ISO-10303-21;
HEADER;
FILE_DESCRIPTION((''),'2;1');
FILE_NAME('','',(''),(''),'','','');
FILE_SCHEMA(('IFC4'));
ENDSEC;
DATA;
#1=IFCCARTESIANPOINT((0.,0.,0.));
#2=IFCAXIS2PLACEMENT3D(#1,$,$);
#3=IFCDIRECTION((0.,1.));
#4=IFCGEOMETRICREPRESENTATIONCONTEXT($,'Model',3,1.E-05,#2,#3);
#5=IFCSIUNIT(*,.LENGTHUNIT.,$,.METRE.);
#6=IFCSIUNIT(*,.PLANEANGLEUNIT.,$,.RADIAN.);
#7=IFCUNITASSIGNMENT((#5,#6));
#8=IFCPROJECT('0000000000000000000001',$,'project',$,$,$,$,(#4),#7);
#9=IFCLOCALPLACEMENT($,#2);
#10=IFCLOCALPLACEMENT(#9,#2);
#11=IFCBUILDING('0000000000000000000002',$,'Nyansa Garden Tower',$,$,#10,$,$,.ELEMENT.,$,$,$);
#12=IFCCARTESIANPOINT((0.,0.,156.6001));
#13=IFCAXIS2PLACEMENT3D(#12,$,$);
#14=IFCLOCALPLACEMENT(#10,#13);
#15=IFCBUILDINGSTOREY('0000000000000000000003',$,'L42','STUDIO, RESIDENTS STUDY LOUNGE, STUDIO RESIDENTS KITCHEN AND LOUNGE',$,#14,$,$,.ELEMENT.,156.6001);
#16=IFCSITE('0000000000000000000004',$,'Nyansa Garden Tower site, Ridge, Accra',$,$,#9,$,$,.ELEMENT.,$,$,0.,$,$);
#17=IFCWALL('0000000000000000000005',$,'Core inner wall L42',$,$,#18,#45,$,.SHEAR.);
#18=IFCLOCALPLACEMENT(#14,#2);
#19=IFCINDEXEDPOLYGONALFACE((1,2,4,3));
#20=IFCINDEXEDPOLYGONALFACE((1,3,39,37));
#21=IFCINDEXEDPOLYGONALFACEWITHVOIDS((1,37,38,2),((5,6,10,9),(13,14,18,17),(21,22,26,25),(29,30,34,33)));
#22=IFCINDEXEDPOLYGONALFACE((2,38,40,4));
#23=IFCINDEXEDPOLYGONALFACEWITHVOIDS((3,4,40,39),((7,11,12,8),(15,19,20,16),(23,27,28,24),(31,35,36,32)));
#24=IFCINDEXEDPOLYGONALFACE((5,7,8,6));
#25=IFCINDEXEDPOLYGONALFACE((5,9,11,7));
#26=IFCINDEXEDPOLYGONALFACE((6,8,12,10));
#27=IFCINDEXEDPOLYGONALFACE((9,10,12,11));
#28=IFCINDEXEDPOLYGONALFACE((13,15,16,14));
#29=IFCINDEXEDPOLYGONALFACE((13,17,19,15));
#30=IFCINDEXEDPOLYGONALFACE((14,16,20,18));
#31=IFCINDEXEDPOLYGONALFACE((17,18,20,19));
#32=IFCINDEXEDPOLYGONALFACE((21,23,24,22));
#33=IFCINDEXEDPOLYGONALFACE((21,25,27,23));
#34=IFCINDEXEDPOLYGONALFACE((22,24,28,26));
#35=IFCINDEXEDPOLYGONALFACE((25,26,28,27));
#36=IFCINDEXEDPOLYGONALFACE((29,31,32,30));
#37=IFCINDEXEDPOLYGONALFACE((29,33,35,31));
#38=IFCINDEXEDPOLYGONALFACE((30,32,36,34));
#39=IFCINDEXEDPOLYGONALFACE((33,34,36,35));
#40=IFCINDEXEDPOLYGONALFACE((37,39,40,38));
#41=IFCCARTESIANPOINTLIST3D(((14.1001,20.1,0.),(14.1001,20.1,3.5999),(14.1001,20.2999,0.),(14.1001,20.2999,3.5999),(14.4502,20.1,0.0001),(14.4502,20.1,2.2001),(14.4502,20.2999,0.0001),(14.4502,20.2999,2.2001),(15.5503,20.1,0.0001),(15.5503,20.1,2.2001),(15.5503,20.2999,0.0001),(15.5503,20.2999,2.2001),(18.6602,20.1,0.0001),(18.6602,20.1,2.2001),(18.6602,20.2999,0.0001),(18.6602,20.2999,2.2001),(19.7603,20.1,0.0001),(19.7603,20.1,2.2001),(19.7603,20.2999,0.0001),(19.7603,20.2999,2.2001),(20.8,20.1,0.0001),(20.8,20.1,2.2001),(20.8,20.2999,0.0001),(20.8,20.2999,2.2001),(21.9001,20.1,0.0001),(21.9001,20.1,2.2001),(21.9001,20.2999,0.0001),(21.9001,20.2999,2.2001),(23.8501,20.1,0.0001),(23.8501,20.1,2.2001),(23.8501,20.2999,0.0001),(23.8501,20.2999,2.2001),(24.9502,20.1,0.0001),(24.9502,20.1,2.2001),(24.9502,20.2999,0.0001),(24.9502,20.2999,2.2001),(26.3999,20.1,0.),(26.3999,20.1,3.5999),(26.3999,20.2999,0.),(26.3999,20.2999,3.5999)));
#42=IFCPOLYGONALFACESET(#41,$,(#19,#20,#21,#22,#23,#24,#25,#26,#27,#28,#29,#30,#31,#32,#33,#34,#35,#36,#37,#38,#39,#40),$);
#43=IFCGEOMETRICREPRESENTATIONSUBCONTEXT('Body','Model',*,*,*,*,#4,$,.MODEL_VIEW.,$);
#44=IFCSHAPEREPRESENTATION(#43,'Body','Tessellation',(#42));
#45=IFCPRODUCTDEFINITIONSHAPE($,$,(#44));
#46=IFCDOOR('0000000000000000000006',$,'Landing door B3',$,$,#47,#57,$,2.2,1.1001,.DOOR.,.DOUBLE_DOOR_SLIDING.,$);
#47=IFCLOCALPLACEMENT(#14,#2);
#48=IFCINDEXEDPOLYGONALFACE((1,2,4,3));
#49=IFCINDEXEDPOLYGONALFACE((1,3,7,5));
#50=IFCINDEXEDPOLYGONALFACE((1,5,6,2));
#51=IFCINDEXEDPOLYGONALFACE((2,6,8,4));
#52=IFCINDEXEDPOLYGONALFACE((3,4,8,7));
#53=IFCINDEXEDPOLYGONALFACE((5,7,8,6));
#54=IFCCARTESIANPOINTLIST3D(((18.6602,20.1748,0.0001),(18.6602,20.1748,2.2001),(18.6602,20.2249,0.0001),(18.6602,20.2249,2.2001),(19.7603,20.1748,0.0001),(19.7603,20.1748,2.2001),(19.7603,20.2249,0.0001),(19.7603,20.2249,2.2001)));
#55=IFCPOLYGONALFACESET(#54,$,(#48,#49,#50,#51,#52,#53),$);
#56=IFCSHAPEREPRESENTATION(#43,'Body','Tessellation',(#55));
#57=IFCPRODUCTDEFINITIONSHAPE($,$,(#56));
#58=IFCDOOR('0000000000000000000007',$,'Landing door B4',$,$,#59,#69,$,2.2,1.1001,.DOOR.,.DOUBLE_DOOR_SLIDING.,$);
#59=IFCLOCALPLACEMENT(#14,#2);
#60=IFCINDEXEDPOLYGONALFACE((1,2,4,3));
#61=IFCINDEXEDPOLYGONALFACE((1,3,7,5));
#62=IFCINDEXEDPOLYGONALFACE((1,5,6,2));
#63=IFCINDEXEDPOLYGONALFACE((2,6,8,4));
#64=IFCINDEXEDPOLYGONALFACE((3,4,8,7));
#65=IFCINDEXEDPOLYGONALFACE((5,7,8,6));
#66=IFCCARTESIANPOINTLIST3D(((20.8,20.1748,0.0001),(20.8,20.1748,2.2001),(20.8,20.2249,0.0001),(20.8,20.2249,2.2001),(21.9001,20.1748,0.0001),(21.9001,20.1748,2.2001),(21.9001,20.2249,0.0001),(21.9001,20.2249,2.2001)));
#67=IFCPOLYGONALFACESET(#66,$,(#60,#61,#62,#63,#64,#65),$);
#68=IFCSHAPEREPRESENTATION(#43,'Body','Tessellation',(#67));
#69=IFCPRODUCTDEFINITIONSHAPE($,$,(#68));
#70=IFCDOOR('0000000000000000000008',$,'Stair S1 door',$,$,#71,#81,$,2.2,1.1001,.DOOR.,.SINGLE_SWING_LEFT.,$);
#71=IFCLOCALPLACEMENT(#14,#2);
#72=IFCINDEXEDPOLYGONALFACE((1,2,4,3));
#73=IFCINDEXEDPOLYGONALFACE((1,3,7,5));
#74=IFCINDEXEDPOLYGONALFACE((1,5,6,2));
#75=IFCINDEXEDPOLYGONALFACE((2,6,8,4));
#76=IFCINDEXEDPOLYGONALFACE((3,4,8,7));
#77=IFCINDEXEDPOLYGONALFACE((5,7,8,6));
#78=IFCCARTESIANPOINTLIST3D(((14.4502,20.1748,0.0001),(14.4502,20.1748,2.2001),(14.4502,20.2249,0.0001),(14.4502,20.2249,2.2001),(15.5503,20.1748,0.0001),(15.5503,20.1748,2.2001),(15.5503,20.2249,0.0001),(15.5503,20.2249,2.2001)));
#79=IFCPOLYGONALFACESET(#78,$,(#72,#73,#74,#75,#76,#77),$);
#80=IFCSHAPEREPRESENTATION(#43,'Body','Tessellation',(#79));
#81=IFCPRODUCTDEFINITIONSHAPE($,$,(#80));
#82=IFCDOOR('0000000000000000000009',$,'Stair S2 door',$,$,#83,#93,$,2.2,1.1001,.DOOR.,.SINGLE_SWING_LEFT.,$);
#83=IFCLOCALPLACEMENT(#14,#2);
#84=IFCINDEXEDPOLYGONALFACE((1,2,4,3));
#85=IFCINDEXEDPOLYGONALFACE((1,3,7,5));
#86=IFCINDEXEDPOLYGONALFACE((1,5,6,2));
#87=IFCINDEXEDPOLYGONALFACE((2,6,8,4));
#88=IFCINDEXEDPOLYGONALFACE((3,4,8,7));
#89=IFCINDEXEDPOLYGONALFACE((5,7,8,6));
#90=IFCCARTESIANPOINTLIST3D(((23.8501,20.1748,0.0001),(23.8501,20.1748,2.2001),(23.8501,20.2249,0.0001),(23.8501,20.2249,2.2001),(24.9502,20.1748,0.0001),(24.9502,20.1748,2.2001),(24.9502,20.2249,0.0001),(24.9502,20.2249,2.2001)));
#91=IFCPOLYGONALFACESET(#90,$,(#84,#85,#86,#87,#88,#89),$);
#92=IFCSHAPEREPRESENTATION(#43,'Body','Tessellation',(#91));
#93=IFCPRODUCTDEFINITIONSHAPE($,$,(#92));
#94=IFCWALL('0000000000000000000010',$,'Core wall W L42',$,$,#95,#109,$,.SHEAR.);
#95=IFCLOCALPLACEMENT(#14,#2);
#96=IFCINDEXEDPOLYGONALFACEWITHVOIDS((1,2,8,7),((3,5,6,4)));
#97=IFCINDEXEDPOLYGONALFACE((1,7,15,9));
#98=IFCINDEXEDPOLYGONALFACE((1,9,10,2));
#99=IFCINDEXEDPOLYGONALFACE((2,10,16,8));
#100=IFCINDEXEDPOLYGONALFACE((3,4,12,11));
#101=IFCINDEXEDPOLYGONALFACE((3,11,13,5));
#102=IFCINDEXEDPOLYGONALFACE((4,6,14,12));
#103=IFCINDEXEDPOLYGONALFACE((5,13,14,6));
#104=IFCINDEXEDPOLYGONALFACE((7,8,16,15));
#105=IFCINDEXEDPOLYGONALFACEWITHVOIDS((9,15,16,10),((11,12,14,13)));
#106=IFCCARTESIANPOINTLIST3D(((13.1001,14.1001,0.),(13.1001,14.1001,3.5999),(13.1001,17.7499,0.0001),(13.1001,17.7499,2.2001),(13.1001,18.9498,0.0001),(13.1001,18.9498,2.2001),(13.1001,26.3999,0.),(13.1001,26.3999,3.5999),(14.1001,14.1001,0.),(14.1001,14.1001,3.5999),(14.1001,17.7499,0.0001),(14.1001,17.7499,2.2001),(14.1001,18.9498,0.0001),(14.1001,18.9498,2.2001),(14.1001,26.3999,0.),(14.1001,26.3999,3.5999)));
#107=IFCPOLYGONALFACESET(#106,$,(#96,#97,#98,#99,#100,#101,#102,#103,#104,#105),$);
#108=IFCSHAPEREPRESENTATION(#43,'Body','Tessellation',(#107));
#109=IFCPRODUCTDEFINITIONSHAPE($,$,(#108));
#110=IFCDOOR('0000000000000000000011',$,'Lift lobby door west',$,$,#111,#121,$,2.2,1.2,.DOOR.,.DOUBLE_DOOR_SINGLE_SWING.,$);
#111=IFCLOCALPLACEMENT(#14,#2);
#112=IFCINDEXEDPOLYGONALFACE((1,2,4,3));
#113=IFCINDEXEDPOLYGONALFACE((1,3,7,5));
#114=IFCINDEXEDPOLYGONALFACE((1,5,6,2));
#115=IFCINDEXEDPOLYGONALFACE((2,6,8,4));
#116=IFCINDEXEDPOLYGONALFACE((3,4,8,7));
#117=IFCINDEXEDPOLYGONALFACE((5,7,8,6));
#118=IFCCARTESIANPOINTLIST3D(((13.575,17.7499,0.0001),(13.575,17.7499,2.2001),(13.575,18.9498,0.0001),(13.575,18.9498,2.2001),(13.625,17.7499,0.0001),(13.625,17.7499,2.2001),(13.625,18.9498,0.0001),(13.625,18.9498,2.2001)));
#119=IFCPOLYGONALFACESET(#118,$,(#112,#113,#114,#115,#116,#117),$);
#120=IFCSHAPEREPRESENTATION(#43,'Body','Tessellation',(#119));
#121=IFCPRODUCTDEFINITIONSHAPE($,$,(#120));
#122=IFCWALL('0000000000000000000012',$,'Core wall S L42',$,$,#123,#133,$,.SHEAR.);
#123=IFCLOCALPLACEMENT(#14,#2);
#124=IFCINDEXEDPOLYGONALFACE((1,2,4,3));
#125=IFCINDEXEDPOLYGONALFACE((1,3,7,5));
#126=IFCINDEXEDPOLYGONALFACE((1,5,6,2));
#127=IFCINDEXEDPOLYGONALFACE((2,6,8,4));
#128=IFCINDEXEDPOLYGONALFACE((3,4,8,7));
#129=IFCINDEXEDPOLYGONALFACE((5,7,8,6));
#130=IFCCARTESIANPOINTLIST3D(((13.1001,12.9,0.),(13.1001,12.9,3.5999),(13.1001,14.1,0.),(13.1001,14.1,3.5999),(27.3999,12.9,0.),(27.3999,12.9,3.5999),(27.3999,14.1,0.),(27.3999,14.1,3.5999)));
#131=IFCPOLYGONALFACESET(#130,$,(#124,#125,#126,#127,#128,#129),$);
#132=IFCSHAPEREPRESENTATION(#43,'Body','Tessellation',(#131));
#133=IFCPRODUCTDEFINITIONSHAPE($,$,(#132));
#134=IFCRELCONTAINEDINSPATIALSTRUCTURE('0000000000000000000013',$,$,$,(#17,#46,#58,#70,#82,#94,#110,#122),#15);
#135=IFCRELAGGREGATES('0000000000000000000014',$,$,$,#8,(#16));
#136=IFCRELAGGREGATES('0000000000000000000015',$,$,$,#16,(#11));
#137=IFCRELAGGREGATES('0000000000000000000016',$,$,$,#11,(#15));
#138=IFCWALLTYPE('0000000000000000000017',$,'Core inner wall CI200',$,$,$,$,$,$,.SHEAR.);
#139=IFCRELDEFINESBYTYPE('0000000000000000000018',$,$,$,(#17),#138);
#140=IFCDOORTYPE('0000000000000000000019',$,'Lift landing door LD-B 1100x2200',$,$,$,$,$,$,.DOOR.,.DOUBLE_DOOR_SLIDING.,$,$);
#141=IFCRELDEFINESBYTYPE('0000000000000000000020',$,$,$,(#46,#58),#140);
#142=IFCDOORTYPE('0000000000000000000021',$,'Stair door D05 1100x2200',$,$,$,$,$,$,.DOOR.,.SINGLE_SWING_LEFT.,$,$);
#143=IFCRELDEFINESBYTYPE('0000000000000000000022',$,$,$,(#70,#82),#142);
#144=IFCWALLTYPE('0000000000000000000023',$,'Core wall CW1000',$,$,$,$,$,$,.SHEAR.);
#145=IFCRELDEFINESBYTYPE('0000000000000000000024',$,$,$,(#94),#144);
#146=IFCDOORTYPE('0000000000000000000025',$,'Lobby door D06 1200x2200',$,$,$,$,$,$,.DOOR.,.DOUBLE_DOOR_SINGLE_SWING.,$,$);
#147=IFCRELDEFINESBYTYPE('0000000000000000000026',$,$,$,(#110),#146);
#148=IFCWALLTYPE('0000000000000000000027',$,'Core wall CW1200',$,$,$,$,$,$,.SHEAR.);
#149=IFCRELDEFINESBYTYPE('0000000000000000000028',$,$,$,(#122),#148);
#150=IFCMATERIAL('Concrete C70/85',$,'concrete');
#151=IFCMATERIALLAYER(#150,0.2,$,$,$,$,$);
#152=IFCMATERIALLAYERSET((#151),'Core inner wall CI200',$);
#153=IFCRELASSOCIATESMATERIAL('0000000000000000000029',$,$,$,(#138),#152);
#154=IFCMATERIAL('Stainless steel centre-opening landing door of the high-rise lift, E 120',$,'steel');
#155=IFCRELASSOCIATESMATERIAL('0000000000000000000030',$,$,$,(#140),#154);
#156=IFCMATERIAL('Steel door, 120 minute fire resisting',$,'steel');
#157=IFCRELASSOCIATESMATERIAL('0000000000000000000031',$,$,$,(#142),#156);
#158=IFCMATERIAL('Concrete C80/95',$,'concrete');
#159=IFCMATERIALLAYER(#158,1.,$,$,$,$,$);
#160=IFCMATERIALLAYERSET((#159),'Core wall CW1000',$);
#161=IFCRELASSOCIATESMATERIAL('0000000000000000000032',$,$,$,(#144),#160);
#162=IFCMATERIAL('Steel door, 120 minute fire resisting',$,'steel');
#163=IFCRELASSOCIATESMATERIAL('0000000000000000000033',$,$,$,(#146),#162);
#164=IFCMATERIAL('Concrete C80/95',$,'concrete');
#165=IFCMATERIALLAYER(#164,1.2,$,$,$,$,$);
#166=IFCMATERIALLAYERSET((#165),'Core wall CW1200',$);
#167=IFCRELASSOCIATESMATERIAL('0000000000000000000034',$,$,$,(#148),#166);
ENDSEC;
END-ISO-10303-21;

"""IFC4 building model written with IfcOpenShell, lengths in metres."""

from ifc_helpers import new_model, si_unit, direction, frame, frame_2d, origin, place, context, subcontext, project, spatial, rectangle, extrude, material, layer, layer_set, type_object, element, fill, save


model = new_model("IFC4")

# Units and contexts
model_context = context("Model", 3, precision=1e-05, world=origin(), true_north=direction((0.0, 1.0)))
body_context = subcontext(model_context, "Body", "Model", "MODEL_VIEW")
ifc_project = project(units=[si_unit("LENGTHUNIT", "METRE"), si_unit("PLANEANGLEUNIT", "RADIAN")], contexts=[model_context])

# Site, building, storey
site_placement = place(None, origin())
site = spatial("IfcSite", under=ifc_project, at=site_placement, Name="Nyansa Garden Tower site, Ridge, Accra", CompositionType="ELEMENT", RefElevation=0.0)
building_placement = place(site_placement, origin())
building = spatial("IfcBuilding", under=site, at=building_placement, Name="Nyansa Garden Tower", CompositionType="ELEMENT")
storey_placement = place(building_placement, frame((0.0, 0.0, 156.6001)))
storey = spatial("IfcBuildingStorey", under=building, at=storey_placement, Name="L42", Description="STUDIO, RESIDENTS STUDY LOUNGE, STUDIO RESIDENTS KITCHEN AND LOUNGE", CompositionType="ELEMENT", Elevation=156.6001)

# Wall, openings, doors
ifc_material_1 = material(Name="Concrete C70/85", Category="concrete")
ifc_layer_1 = layer(ifc_material_1, 0.2)
ifc_layer_set_1 = layer_set([ifc_layer_1], Name="Core inner wall CI200")
wall_type_1 = type_object("IfcWallType", Name="Core inner wall CI200", PredefinedType="SHEAR", material=ifc_layer_set_1)
ifc_material_2 = material(Name="Stainless steel centre-opening landing door of the high-rise lift, E 120", Category="steel")
door_type_1 = type_object("IfcDoorType", Name="Lift landing door LD-B 1100x2200", OperationType="DOUBLE_DOOR_SLIDING", PredefinedType="DOOR", material=ifc_material_2)
wall_1_placement = place(storey_placement, frame((14.1001, 20.2, 0.0), z_axis=(0.0, 0.0, 1.0), x_axis=(1.0, 0.0, 0.0)))
wall_1 = element("IfcWall", 1, at=wall_1_placement, inside=storey, type_object=wall_type_1, Name="Core inner wall L42", PredefinedType="SHEAR", context=body_context, shape_type="SweptSolid", body=[
    extrude(rectangle(XDim=12.2998, YDim=0.2, at=frame_2d((6.1499, 0.0))), origin(), (0.0, 0.0, 1.0), 3.5999),
])
opening_1_placement = place(wall_1_placement, frame((4.5601, 0.0, 0.0)))
opening_1 = element("IfcOpeningElement", 2, at=opening_1_placement, cuts=wall_1, PredefinedType="OPENING", context=body_context, shape_type="SweptSolid", body=[
    extrude(rectangle(XDim=1.1001, YDim=2.2, at=frame_2d((0.55, 1.1001))), frame((0.0, 0.1099, 0.0), z_axis=(0.0, -1.0, 0.0), x_axis=(1.0, 0.0, 0.0)), (0.0, 0.0, 1.0), 0.22),
])
opening_2_placement = place(wall_1_placement, frame((6.7, 0.0, 0.0)))
opening_2 = element("IfcOpeningElement", 3, at=opening_2_placement, cuts=wall_1, PredefinedType="OPENING", context=body_context, shape_type="SweptSolid", body=[
    extrude(rectangle(XDim=1.1001, YDim=2.2, at=frame_2d((0.55, 1.1001))), frame((0.0, 0.1099, 0.0), z_axis=(0.0, -1.0, 0.0), x_axis=(1.0, 0.0, 0.0)), (0.0, 0.0, 1.0), 0.22),
])
opening_3_placement = place(wall_1_placement, frame((0.3501, 0.0, 0.0)))
opening_3 = element("IfcOpeningElement", 4, at=opening_3_placement, cuts=wall_1, PredefinedType="OPENING", context=body_context, shape_type="SweptSolid", body=[
    extrude(rectangle(XDim=1.1001, YDim=2.2, at=frame_2d((0.55, 1.1001))), frame((0.0, 0.1099, 0.0), z_axis=(0.0, -1.0, 0.0), x_axis=(1.0, 0.0, 0.0)), (0.0, 0.0, 1.0), 0.22),
])
opening_4_placement = place(wall_1_placement, frame((9.75, 0.0, 0.0)))
opening_4 = element("IfcOpeningElement", 5, at=opening_4_placement, cuts=wall_1, PredefinedType="OPENING", context=body_context, shape_type="SweptSolid", body=[
    extrude(rectangle(XDim=1.1001, YDim=2.2, at=frame_2d((0.55, 1.1001))), frame((0.0, 0.1099, 0.0), z_axis=(0.0, -1.0, 0.0), x_axis=(1.0, 0.0, 0.0)), (0.0, 0.0, 1.0), 0.22),
])
door_1_placement = place(opening_1_placement, origin())
door_1 = element("IfcDoor", 6, at=door_1_placement, inside=storey, type_object=door_type_1, Name="Landing door B3", OperationType="DOUBLE_DOOR_SLIDING", OverallHeight=2.2, OverallWidth=1.1001, PredefinedType="DOOR", context=body_context, shape_type="SweptSolid", body=[
    extrude(rectangle(XDim=1.1001, YDim=2.2, at=frame_2d((0.55, 1.1001))), frame((0.0, 0.0249, 0.0), z_axis=(0.0, -1.0, 0.0), x_axis=(1.0, 0.0, 0.0)), (0.0, 0.0, 1.0), 0.05),
])
fill(opening_1, door_1)
door_2_placement = place(opening_2_placement, origin())
door_2 = element("IfcDoor", 7, at=door_2_placement, inside=storey, type_object=door_type_1, Name="Landing door B4", OperationType="DOUBLE_DOOR_SLIDING", OverallHeight=2.2, OverallWidth=1.1001, PredefinedType="DOOR", context=body_context, shape_type="SweptSolid", body=[
    extrude(rectangle(XDim=1.1001, YDim=2.2, at=frame_2d((0.55, 1.1001))), frame((0.0, 0.0249, 0.0), z_axis=(0.0, -1.0, 0.0), x_axis=(1.0, 0.0, 0.0)), (0.0, 0.0, 1.0), 0.05),
])
fill(opening_2, door_2)
ifc_material_3 = material(Name="Steel door, 120 minute fire resisting", Category="steel")
door_type_2 = type_object("IfcDoorType", Name="Stair door D05 1100x2200", OperationType="SINGLE_SWING_LEFT", PredefinedType="DOOR", material=ifc_material_3)
door_3_placement = place(opening_3_placement, origin())
door_3 = element("IfcDoor", 8, at=door_3_placement, inside=storey, type_object=door_type_2, Name="Stair S1 door", OperationType="SINGLE_SWING_LEFT", OverallHeight=2.2, OverallWidth=1.1001, PredefinedType="DOOR", context=body_context, shape_type="SweptSolid", body=[
    extrude(rectangle(XDim=1.1001, YDim=2.2, at=frame_2d((0.55, 1.1001))), frame((0.0, 0.0249, 0.0), z_axis=(0.0, -1.0, 0.0), x_axis=(1.0, 0.0, 0.0)), (0.0, 0.0, 1.0), 0.05),
])
fill(opening_3, door_3)
door_4_placement = place(opening_4_placement, origin())
door_4 = element("IfcDoor", 9, at=door_4_placement, inside=storey, type_object=door_type_2, Name="Stair S2 door", OperationType="SINGLE_SWING_LEFT", OverallHeight=2.2, OverallWidth=1.1001, PredefinedType="DOOR", context=body_context, shape_type="SweptSolid", body=[
    extrude(rectangle(XDim=1.1001, YDim=2.2, at=frame_2d((0.55, 1.1001))), frame((0.0, 0.0249, 0.0), z_axis=(0.0, -1.0, 0.0), x_axis=(1.0, 0.0, 0.0)), (0.0, 0.0, 1.0), 0.05),
])
fill(opening_4, door_4)

# Wall, opening, door
ifc_material_4 = material(Name="Concrete C80/95", Category="concrete")
ifc_layer_2 = layer(ifc_material_4, 1.0)
ifc_layer_set_2 = layer_set([ifc_layer_2], Name="Core wall CW1000")
wall_type_2 = type_object("IfcWallType", Name="Core wall CW1000", PredefinedType="SHEAR", material=ifc_layer_set_2)
wall_2_placement = place(storey_placement, frame((13.6001, 26.3999, 0.0), z_axis=(0.0, 0.0, 1.0), x_axis=(0.0, -1.0, 0.0)))
wall_2 = element("IfcWall", 10, at=wall_2_placement, inside=storey, type_object=wall_type_2, Name="Core wall W L42", PredefinedType="SHEAR", context=body_context, shape_type="SweptSolid", body=[
    extrude(rectangle(XDim=12.2998, YDim=1.0, at=frame_2d((6.1499, 0.0))), origin(), (0.0, 0.0, 1.0), 3.5999),
])
opening_5_placement = place(wall_2_placement, frame((7.45, 0.0, 0.0)))
opening_5 = element("IfcOpeningElement", 11, at=opening_5_placement, cuts=wall_2, PredefinedType="OPENING", context=body_context, shape_type="SweptSolid", body=[
    extrude(rectangle(XDim=1.2, YDim=2.2, at=frame_2d((0.6001, 1.1001))), frame((0.0, 0.51, 0.0), z_axis=(0.0, -1.0, 0.0), x_axis=(1.0, 0.0, 0.0)), (0.0, 0.0, 1.0), 1.02),
])
ifc_material_5 = material(Name="Steel door, 120 minute fire resisting", Category="steel")
door_type_3 = type_object("IfcDoorType", Name="Lobby door D06 1200x2200", OperationType="DOUBLE_DOOR_SINGLE_SWING", PredefinedType="DOOR", material=ifc_material_5)
door_5_placement = place(opening_5_placement, origin())
door_5 = element("IfcDoor", 12, at=door_5_placement, inside=storey, type_object=door_type_3, Name="Lift lobby door west", OperationType="DOUBLE_DOOR_SINGLE_SWING", OverallHeight=2.2, OverallWidth=1.2, PredefinedType="DOOR", context=body_context, shape_type="SweptSolid", body=[
    extrude(rectangle(XDim=1.2, YDim=2.2, at=frame_2d((0.6001, 1.1001))), frame((0.0, 0.0249, 0.0), z_axis=(0.0, -1.0, 0.0), x_axis=(1.0, 0.0, 0.0)), (0.0, 0.0, 1.0), 0.05),
])
fill(opening_5, door_5)

# Wall
ifc_material_6 = material(Name="Concrete C80/95", Category="concrete")
ifc_layer_3 = layer(ifc_material_6, 1.2)
ifc_layer_set_3 = layer_set([ifc_layer_3], Name="Core wall CW1200")
wall_type_3 = type_object("IfcWallType", Name="Core wall CW1200", PredefinedType="SHEAR", material=ifc_layer_set_3)
wall_3_placement = place(storey_placement, frame((13.1001, 13.5, 0.0), z_axis=(0.0, 0.0, 1.0), x_axis=(1.0, 0.0, 0.0)))
element("IfcWall", 13, at=wall_3_placement, inside=storey, type_object=wall_type_3, Name="Core wall S L42", PredefinedType="SHEAR", context=body_context, shape_type="SweptSolid", body=[
    extrude(rectangle(XDim=14.2998, YDim=1.2, at=frame_2d((7.1499, 0.0))), origin(), (0.0, 0.0, 1.0), 3.5999),
])

save(model, "model.ifc")
